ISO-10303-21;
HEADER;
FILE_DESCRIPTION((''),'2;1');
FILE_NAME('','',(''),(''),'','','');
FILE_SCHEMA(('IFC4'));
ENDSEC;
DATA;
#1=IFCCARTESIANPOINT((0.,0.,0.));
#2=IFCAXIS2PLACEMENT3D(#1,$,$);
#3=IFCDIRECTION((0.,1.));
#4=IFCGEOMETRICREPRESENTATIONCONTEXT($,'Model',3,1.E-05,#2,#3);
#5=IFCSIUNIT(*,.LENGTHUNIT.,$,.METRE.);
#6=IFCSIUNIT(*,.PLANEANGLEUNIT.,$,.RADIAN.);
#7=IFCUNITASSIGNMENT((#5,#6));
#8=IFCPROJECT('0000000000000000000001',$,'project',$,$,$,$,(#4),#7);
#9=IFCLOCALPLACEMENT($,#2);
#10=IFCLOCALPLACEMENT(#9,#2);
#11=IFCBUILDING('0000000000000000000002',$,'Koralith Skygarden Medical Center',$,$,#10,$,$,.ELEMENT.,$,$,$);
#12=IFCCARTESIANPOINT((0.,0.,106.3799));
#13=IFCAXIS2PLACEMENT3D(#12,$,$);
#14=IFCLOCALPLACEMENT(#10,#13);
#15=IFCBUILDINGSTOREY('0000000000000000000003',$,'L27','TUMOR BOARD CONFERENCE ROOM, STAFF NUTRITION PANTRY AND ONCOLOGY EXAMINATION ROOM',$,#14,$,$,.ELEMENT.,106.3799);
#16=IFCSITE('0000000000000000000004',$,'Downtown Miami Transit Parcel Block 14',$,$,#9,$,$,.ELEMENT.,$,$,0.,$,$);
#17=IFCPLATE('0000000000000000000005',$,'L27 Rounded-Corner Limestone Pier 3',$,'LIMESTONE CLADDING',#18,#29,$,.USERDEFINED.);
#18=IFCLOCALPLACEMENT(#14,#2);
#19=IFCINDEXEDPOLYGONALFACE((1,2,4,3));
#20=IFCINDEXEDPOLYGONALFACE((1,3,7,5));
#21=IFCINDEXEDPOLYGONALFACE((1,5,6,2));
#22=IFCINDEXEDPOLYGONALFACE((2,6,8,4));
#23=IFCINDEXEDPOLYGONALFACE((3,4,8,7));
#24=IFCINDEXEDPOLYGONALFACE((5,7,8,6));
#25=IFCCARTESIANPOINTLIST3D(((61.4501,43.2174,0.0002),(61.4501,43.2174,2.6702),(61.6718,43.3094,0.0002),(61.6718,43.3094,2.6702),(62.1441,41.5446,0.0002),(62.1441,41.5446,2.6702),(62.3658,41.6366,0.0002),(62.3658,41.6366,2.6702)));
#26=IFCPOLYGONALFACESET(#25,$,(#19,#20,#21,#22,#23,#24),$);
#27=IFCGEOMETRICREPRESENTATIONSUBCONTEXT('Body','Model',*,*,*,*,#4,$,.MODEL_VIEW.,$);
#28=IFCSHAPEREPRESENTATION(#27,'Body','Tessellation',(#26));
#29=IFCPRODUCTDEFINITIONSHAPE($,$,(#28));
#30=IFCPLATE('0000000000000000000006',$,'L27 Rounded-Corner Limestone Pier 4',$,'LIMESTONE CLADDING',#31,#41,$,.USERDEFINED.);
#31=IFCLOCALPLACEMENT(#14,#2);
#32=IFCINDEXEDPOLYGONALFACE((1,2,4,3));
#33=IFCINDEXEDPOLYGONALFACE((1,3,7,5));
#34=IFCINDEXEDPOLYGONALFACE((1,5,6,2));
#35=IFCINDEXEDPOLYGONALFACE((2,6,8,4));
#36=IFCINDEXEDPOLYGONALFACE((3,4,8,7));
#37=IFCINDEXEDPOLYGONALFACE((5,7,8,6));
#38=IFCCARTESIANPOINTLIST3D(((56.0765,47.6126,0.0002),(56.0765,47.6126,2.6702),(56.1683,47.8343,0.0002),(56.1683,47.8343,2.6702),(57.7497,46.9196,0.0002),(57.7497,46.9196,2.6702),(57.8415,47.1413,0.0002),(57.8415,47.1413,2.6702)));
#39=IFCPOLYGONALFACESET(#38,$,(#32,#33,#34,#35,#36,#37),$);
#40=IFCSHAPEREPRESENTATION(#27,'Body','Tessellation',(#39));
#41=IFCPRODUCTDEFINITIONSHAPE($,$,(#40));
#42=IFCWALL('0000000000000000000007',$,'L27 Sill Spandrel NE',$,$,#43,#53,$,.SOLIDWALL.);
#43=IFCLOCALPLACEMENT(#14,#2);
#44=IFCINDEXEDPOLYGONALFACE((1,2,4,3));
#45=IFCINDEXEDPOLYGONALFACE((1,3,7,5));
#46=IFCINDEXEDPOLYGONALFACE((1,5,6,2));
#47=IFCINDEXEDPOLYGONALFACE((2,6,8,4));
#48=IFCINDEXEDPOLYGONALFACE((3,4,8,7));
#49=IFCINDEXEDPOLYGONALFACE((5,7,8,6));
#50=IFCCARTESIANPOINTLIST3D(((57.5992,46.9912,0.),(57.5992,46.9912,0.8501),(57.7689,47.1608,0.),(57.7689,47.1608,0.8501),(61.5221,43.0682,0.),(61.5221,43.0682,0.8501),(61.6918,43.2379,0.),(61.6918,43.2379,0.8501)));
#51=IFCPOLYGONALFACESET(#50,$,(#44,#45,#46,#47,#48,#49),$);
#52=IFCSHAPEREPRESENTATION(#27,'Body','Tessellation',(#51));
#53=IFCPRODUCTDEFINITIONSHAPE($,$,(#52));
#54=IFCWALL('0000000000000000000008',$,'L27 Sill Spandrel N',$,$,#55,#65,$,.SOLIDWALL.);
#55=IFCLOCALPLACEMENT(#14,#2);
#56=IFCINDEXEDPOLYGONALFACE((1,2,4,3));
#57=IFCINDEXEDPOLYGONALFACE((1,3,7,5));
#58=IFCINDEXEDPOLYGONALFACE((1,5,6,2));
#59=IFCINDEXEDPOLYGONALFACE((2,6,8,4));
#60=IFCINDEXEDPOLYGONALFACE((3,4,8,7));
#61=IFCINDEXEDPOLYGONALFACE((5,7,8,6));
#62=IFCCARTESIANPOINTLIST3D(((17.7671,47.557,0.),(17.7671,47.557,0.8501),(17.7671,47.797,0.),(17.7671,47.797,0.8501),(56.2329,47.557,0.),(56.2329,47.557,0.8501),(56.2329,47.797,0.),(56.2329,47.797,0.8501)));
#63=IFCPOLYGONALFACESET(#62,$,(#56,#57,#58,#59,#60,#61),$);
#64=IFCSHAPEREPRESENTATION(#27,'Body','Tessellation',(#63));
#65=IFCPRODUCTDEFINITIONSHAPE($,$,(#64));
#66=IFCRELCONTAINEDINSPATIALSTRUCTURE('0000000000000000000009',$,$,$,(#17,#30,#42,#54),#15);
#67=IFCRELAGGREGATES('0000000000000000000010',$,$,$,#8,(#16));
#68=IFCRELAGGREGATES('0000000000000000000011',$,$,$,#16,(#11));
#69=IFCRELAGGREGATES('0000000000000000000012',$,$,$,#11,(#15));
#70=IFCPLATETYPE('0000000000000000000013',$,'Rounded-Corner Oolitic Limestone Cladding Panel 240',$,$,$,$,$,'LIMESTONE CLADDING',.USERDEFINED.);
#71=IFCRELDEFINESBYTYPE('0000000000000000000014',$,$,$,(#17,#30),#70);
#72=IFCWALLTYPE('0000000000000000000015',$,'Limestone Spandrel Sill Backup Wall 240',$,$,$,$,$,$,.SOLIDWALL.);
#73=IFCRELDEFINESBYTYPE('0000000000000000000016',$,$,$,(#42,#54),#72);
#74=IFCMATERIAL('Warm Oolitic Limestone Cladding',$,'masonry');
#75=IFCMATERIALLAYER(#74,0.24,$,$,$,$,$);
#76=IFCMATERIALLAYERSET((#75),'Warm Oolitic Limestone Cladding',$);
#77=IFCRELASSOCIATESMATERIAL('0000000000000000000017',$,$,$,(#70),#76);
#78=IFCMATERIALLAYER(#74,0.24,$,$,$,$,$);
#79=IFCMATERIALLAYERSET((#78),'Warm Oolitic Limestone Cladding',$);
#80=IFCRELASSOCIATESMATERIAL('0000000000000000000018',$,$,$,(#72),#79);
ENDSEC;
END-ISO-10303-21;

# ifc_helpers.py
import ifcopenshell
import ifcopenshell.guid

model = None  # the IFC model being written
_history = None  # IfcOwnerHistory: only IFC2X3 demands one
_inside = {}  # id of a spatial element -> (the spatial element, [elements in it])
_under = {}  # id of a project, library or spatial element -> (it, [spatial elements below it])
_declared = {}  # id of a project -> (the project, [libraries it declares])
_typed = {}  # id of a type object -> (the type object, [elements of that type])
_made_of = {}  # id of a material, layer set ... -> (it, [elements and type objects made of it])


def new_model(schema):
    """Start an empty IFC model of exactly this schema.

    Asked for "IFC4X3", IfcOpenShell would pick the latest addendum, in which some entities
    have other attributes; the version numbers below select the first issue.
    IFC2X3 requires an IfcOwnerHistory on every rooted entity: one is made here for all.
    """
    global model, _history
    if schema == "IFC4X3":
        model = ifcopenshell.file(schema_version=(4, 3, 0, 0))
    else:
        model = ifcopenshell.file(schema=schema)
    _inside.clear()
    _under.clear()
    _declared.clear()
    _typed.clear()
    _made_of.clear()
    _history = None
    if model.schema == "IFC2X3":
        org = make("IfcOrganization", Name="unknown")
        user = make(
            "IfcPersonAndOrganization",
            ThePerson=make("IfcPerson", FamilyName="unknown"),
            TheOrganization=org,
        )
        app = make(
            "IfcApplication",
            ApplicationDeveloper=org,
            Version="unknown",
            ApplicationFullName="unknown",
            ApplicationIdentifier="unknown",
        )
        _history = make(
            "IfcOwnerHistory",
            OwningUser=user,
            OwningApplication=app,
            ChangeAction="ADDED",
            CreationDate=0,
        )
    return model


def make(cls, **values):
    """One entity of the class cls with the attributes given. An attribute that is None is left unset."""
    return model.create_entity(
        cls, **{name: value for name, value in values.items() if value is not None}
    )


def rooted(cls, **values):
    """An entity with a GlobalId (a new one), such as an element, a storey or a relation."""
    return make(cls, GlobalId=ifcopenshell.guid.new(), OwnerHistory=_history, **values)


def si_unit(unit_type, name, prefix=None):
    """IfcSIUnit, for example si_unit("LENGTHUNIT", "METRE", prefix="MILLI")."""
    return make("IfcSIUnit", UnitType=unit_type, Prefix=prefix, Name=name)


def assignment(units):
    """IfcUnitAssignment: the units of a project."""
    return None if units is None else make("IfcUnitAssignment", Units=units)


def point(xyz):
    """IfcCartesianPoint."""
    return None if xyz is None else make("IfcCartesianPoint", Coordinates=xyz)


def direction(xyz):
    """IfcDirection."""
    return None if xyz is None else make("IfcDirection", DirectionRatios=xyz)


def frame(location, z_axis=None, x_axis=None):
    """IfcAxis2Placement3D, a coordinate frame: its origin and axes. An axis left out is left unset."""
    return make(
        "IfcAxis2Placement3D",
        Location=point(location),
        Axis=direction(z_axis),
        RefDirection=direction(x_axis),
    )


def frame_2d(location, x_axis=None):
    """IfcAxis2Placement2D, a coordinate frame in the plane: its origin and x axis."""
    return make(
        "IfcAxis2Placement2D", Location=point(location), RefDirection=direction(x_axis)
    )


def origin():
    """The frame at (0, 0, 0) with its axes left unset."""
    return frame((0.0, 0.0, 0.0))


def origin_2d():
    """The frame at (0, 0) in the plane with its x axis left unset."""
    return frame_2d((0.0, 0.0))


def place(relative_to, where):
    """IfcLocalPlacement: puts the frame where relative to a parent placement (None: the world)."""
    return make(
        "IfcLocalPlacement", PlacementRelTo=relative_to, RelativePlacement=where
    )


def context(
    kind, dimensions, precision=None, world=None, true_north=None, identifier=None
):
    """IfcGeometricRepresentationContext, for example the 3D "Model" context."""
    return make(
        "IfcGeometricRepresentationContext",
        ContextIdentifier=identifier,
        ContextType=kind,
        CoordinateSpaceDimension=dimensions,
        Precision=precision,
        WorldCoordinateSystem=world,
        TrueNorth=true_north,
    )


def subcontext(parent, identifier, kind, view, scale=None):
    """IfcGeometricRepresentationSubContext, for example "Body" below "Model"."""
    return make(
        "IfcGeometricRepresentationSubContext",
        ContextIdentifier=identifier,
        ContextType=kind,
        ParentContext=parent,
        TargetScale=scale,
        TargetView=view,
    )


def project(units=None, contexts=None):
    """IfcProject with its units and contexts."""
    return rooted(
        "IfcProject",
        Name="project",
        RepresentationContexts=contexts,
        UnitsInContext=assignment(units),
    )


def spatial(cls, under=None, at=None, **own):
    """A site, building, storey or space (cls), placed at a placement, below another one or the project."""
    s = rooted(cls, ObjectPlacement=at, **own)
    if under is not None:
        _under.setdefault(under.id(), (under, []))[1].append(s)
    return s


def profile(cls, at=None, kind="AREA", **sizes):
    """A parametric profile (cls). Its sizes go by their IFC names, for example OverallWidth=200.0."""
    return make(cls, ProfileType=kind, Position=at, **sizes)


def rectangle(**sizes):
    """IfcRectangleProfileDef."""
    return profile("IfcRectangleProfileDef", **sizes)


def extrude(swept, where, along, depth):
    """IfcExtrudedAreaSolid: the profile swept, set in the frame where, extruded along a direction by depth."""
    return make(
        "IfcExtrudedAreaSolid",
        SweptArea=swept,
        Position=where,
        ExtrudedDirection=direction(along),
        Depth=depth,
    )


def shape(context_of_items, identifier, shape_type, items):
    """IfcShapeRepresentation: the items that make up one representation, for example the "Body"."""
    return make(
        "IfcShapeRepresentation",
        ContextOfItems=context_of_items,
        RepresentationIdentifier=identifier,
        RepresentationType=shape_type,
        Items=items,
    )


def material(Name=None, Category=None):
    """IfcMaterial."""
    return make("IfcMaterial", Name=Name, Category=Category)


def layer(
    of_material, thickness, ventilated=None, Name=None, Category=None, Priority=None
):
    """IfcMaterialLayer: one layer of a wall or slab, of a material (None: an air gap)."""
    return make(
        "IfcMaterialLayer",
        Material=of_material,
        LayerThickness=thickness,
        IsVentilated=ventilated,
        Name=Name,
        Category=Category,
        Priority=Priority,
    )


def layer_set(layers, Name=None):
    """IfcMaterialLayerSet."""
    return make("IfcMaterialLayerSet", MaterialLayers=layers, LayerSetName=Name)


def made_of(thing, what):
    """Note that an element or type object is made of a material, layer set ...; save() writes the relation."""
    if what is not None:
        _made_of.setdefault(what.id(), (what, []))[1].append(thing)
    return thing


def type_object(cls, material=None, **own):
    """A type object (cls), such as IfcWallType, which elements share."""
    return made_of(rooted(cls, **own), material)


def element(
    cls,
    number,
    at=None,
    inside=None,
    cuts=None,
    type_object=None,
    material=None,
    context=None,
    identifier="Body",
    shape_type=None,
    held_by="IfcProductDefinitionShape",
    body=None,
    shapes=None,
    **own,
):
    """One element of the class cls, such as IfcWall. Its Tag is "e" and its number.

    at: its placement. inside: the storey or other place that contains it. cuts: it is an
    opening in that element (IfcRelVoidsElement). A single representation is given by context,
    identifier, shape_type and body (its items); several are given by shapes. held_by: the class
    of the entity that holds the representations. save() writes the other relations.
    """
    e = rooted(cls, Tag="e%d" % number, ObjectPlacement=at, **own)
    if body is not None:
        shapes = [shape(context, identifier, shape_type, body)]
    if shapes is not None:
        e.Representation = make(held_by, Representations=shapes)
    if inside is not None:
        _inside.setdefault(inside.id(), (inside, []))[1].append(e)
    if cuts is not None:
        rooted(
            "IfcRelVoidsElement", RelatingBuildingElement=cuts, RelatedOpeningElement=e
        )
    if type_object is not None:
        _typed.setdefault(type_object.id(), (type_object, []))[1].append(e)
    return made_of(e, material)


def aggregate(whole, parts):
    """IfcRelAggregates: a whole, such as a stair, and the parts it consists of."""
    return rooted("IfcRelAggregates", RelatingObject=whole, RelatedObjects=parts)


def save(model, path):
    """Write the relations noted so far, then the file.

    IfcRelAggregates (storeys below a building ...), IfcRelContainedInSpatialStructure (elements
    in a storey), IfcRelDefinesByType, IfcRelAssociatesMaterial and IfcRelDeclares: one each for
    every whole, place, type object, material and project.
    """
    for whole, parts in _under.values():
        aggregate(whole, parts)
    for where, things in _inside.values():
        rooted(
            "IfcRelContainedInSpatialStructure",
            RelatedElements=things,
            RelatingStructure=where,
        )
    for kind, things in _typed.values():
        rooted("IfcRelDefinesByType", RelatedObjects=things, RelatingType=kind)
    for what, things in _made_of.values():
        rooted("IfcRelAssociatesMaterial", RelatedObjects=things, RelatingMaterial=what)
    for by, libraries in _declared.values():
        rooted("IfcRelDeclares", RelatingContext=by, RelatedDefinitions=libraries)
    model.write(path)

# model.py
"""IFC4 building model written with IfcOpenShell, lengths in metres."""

from ifc_helpers import new_model, si_unit, direction, frame, frame_2d, origin, origin_2d, place, context, subcontext, project, spatial, rectangle, extrude, material, layer, layer_set, type_object, element, save


model = new_model("IFC4")

# Units and contexts
model_context = context("Model", 3, precision=1e-05, world=origin(), true_north=direction((0.0, 1.0)))
body_context = subcontext(model_context, "Body", "Model", "MODEL_VIEW")
ifc_project = project(units=[si_unit("LENGTHUNIT", "METRE"), si_unit("PLANEANGLEUNIT", "RADIAN")], contexts=[model_context])

# Site, building, storey
site_placement = place(None, origin())
site = spatial("IfcSite", under=ifc_project, at=site_placement, Name="Downtown Miami Transit Parcel Block 14", CompositionType="ELEMENT", RefElevation=0.0)
building_placement = place(site_placement, origin())
building = spatial("IfcBuilding", under=site, at=building_placement, Name="Koralith Skygarden Medical Center", CompositionType="ELEMENT")
storey_placement = place(building_placement, frame((0.0, 0.0, 106.3799)))
storey = spatial("IfcBuildingStorey", under=building, at=storey_placement, Name="L27", Description="TUMOR BOARD CONFERENCE ROOM, STAFF NUTRITION PANTRY AND ONCOLOGY EXAMINATION ROOM", CompositionType="ELEMENT", Elevation=106.3799)

# Plates
ifc_material_1 = material(Name="Warm Oolitic Limestone Cladding", Category="masonry")
ifc_layer_1 = layer(ifc_material_1, 0.24)
ifc_layer_set_1 = layer_set([ifc_layer_1], Name="Warm Oolitic Limestone Cladding")
plate_type_1 = type_object("IfcPlateType", Name="Rounded-Corner Oolitic Limestone Cladding Panel 240", ElementType="LIMESTONE CLADDING", PredefinedType="USERDEFINED", material=ifc_layer_set_1)
for number, where, z_axis, x_axis, name in (
    (1, (61.908, 42.427, 0.0002), (0.0, 0.0, 1.0), (-0.383214, 0.92366, 0.0), "L27 Rounded-Corner Limestone Pier 3"),
    (2, (56.959, 47.377, 0.0002), (0.0, 0.0, 1.0), (-0.923885, 0.382671, 0.0), "L27 Rounded-Corner Limestone Pier 4"),
):
    element("IfcPlate", number, at=place(storey_placement, frame(where, z_axis=z_axis, x_axis=x_axis)), inside=storey, type_object=plate_type_1, Name=name, ObjectType="LIMESTONE CLADDING", PredefinedType="USERDEFINED", context=body_context, shape_type="SweptSolid", body=[
        extrude(rectangle(XDim=1.811, YDim=0.24, at=origin_2d()), origin(), (0.0, 0.0, 1.0), 2.6699),
    ])

# Walls
ifc_layer_2 = layer(ifc_material_1, 0.24)
ifc_layer_set_2 = layer_set([ifc_layer_2], Name="Warm Oolitic Limestone Cladding")
wall_type = type_object("IfcWallType", Name="Limestone Spandrel Sill Backup Wall 240", PredefinedType="SOLIDWALL", material=ifc_layer_set_2)
wall_1_placement = place(storey_placement, frame((61.6069, 43.1531, 0.0), z_axis=(0.0, 0.0, 1.0), x_axis=(-0.707107, 0.707107, 0.0)))
element("IfcWall", 3, at=wall_1_placement, inside=storey, type_object=wall_type, Name="L27 Sill Spandrel NE", PredefinedType="SOLIDWALL", context=body_context, shape_type="SweptSolid", body=[
    extrude(rectangle(XDim=5.5479, YDim=0.24, at=frame_2d((2.7739, 0.0))), origin(), (0.0, 0.0, 1.0), 0.8501),
])
wall_2_placement = place(storey_placement, frame((56.2329, 47.677, 0.0), z_axis=(0.0, 0.0, 1.0), x_axis=(-1.0, 0.0, 0.0)))
element("IfcWall", 4, at=wall_2_placement, inside=storey, type_object=wall_type, Name="L27 Sill Spandrel N", PredefinedType="SOLIDWALL", context=body_context, shape_type="SweptSolid", body=[
    extrude(rectangle(XDim=38.4658, YDim=0.24, at=frame_2d((19.2329, 0.0))), origin(), (0.0, 0.0, 1.0), 0.8501),
])

save(model, "model.ifc")
